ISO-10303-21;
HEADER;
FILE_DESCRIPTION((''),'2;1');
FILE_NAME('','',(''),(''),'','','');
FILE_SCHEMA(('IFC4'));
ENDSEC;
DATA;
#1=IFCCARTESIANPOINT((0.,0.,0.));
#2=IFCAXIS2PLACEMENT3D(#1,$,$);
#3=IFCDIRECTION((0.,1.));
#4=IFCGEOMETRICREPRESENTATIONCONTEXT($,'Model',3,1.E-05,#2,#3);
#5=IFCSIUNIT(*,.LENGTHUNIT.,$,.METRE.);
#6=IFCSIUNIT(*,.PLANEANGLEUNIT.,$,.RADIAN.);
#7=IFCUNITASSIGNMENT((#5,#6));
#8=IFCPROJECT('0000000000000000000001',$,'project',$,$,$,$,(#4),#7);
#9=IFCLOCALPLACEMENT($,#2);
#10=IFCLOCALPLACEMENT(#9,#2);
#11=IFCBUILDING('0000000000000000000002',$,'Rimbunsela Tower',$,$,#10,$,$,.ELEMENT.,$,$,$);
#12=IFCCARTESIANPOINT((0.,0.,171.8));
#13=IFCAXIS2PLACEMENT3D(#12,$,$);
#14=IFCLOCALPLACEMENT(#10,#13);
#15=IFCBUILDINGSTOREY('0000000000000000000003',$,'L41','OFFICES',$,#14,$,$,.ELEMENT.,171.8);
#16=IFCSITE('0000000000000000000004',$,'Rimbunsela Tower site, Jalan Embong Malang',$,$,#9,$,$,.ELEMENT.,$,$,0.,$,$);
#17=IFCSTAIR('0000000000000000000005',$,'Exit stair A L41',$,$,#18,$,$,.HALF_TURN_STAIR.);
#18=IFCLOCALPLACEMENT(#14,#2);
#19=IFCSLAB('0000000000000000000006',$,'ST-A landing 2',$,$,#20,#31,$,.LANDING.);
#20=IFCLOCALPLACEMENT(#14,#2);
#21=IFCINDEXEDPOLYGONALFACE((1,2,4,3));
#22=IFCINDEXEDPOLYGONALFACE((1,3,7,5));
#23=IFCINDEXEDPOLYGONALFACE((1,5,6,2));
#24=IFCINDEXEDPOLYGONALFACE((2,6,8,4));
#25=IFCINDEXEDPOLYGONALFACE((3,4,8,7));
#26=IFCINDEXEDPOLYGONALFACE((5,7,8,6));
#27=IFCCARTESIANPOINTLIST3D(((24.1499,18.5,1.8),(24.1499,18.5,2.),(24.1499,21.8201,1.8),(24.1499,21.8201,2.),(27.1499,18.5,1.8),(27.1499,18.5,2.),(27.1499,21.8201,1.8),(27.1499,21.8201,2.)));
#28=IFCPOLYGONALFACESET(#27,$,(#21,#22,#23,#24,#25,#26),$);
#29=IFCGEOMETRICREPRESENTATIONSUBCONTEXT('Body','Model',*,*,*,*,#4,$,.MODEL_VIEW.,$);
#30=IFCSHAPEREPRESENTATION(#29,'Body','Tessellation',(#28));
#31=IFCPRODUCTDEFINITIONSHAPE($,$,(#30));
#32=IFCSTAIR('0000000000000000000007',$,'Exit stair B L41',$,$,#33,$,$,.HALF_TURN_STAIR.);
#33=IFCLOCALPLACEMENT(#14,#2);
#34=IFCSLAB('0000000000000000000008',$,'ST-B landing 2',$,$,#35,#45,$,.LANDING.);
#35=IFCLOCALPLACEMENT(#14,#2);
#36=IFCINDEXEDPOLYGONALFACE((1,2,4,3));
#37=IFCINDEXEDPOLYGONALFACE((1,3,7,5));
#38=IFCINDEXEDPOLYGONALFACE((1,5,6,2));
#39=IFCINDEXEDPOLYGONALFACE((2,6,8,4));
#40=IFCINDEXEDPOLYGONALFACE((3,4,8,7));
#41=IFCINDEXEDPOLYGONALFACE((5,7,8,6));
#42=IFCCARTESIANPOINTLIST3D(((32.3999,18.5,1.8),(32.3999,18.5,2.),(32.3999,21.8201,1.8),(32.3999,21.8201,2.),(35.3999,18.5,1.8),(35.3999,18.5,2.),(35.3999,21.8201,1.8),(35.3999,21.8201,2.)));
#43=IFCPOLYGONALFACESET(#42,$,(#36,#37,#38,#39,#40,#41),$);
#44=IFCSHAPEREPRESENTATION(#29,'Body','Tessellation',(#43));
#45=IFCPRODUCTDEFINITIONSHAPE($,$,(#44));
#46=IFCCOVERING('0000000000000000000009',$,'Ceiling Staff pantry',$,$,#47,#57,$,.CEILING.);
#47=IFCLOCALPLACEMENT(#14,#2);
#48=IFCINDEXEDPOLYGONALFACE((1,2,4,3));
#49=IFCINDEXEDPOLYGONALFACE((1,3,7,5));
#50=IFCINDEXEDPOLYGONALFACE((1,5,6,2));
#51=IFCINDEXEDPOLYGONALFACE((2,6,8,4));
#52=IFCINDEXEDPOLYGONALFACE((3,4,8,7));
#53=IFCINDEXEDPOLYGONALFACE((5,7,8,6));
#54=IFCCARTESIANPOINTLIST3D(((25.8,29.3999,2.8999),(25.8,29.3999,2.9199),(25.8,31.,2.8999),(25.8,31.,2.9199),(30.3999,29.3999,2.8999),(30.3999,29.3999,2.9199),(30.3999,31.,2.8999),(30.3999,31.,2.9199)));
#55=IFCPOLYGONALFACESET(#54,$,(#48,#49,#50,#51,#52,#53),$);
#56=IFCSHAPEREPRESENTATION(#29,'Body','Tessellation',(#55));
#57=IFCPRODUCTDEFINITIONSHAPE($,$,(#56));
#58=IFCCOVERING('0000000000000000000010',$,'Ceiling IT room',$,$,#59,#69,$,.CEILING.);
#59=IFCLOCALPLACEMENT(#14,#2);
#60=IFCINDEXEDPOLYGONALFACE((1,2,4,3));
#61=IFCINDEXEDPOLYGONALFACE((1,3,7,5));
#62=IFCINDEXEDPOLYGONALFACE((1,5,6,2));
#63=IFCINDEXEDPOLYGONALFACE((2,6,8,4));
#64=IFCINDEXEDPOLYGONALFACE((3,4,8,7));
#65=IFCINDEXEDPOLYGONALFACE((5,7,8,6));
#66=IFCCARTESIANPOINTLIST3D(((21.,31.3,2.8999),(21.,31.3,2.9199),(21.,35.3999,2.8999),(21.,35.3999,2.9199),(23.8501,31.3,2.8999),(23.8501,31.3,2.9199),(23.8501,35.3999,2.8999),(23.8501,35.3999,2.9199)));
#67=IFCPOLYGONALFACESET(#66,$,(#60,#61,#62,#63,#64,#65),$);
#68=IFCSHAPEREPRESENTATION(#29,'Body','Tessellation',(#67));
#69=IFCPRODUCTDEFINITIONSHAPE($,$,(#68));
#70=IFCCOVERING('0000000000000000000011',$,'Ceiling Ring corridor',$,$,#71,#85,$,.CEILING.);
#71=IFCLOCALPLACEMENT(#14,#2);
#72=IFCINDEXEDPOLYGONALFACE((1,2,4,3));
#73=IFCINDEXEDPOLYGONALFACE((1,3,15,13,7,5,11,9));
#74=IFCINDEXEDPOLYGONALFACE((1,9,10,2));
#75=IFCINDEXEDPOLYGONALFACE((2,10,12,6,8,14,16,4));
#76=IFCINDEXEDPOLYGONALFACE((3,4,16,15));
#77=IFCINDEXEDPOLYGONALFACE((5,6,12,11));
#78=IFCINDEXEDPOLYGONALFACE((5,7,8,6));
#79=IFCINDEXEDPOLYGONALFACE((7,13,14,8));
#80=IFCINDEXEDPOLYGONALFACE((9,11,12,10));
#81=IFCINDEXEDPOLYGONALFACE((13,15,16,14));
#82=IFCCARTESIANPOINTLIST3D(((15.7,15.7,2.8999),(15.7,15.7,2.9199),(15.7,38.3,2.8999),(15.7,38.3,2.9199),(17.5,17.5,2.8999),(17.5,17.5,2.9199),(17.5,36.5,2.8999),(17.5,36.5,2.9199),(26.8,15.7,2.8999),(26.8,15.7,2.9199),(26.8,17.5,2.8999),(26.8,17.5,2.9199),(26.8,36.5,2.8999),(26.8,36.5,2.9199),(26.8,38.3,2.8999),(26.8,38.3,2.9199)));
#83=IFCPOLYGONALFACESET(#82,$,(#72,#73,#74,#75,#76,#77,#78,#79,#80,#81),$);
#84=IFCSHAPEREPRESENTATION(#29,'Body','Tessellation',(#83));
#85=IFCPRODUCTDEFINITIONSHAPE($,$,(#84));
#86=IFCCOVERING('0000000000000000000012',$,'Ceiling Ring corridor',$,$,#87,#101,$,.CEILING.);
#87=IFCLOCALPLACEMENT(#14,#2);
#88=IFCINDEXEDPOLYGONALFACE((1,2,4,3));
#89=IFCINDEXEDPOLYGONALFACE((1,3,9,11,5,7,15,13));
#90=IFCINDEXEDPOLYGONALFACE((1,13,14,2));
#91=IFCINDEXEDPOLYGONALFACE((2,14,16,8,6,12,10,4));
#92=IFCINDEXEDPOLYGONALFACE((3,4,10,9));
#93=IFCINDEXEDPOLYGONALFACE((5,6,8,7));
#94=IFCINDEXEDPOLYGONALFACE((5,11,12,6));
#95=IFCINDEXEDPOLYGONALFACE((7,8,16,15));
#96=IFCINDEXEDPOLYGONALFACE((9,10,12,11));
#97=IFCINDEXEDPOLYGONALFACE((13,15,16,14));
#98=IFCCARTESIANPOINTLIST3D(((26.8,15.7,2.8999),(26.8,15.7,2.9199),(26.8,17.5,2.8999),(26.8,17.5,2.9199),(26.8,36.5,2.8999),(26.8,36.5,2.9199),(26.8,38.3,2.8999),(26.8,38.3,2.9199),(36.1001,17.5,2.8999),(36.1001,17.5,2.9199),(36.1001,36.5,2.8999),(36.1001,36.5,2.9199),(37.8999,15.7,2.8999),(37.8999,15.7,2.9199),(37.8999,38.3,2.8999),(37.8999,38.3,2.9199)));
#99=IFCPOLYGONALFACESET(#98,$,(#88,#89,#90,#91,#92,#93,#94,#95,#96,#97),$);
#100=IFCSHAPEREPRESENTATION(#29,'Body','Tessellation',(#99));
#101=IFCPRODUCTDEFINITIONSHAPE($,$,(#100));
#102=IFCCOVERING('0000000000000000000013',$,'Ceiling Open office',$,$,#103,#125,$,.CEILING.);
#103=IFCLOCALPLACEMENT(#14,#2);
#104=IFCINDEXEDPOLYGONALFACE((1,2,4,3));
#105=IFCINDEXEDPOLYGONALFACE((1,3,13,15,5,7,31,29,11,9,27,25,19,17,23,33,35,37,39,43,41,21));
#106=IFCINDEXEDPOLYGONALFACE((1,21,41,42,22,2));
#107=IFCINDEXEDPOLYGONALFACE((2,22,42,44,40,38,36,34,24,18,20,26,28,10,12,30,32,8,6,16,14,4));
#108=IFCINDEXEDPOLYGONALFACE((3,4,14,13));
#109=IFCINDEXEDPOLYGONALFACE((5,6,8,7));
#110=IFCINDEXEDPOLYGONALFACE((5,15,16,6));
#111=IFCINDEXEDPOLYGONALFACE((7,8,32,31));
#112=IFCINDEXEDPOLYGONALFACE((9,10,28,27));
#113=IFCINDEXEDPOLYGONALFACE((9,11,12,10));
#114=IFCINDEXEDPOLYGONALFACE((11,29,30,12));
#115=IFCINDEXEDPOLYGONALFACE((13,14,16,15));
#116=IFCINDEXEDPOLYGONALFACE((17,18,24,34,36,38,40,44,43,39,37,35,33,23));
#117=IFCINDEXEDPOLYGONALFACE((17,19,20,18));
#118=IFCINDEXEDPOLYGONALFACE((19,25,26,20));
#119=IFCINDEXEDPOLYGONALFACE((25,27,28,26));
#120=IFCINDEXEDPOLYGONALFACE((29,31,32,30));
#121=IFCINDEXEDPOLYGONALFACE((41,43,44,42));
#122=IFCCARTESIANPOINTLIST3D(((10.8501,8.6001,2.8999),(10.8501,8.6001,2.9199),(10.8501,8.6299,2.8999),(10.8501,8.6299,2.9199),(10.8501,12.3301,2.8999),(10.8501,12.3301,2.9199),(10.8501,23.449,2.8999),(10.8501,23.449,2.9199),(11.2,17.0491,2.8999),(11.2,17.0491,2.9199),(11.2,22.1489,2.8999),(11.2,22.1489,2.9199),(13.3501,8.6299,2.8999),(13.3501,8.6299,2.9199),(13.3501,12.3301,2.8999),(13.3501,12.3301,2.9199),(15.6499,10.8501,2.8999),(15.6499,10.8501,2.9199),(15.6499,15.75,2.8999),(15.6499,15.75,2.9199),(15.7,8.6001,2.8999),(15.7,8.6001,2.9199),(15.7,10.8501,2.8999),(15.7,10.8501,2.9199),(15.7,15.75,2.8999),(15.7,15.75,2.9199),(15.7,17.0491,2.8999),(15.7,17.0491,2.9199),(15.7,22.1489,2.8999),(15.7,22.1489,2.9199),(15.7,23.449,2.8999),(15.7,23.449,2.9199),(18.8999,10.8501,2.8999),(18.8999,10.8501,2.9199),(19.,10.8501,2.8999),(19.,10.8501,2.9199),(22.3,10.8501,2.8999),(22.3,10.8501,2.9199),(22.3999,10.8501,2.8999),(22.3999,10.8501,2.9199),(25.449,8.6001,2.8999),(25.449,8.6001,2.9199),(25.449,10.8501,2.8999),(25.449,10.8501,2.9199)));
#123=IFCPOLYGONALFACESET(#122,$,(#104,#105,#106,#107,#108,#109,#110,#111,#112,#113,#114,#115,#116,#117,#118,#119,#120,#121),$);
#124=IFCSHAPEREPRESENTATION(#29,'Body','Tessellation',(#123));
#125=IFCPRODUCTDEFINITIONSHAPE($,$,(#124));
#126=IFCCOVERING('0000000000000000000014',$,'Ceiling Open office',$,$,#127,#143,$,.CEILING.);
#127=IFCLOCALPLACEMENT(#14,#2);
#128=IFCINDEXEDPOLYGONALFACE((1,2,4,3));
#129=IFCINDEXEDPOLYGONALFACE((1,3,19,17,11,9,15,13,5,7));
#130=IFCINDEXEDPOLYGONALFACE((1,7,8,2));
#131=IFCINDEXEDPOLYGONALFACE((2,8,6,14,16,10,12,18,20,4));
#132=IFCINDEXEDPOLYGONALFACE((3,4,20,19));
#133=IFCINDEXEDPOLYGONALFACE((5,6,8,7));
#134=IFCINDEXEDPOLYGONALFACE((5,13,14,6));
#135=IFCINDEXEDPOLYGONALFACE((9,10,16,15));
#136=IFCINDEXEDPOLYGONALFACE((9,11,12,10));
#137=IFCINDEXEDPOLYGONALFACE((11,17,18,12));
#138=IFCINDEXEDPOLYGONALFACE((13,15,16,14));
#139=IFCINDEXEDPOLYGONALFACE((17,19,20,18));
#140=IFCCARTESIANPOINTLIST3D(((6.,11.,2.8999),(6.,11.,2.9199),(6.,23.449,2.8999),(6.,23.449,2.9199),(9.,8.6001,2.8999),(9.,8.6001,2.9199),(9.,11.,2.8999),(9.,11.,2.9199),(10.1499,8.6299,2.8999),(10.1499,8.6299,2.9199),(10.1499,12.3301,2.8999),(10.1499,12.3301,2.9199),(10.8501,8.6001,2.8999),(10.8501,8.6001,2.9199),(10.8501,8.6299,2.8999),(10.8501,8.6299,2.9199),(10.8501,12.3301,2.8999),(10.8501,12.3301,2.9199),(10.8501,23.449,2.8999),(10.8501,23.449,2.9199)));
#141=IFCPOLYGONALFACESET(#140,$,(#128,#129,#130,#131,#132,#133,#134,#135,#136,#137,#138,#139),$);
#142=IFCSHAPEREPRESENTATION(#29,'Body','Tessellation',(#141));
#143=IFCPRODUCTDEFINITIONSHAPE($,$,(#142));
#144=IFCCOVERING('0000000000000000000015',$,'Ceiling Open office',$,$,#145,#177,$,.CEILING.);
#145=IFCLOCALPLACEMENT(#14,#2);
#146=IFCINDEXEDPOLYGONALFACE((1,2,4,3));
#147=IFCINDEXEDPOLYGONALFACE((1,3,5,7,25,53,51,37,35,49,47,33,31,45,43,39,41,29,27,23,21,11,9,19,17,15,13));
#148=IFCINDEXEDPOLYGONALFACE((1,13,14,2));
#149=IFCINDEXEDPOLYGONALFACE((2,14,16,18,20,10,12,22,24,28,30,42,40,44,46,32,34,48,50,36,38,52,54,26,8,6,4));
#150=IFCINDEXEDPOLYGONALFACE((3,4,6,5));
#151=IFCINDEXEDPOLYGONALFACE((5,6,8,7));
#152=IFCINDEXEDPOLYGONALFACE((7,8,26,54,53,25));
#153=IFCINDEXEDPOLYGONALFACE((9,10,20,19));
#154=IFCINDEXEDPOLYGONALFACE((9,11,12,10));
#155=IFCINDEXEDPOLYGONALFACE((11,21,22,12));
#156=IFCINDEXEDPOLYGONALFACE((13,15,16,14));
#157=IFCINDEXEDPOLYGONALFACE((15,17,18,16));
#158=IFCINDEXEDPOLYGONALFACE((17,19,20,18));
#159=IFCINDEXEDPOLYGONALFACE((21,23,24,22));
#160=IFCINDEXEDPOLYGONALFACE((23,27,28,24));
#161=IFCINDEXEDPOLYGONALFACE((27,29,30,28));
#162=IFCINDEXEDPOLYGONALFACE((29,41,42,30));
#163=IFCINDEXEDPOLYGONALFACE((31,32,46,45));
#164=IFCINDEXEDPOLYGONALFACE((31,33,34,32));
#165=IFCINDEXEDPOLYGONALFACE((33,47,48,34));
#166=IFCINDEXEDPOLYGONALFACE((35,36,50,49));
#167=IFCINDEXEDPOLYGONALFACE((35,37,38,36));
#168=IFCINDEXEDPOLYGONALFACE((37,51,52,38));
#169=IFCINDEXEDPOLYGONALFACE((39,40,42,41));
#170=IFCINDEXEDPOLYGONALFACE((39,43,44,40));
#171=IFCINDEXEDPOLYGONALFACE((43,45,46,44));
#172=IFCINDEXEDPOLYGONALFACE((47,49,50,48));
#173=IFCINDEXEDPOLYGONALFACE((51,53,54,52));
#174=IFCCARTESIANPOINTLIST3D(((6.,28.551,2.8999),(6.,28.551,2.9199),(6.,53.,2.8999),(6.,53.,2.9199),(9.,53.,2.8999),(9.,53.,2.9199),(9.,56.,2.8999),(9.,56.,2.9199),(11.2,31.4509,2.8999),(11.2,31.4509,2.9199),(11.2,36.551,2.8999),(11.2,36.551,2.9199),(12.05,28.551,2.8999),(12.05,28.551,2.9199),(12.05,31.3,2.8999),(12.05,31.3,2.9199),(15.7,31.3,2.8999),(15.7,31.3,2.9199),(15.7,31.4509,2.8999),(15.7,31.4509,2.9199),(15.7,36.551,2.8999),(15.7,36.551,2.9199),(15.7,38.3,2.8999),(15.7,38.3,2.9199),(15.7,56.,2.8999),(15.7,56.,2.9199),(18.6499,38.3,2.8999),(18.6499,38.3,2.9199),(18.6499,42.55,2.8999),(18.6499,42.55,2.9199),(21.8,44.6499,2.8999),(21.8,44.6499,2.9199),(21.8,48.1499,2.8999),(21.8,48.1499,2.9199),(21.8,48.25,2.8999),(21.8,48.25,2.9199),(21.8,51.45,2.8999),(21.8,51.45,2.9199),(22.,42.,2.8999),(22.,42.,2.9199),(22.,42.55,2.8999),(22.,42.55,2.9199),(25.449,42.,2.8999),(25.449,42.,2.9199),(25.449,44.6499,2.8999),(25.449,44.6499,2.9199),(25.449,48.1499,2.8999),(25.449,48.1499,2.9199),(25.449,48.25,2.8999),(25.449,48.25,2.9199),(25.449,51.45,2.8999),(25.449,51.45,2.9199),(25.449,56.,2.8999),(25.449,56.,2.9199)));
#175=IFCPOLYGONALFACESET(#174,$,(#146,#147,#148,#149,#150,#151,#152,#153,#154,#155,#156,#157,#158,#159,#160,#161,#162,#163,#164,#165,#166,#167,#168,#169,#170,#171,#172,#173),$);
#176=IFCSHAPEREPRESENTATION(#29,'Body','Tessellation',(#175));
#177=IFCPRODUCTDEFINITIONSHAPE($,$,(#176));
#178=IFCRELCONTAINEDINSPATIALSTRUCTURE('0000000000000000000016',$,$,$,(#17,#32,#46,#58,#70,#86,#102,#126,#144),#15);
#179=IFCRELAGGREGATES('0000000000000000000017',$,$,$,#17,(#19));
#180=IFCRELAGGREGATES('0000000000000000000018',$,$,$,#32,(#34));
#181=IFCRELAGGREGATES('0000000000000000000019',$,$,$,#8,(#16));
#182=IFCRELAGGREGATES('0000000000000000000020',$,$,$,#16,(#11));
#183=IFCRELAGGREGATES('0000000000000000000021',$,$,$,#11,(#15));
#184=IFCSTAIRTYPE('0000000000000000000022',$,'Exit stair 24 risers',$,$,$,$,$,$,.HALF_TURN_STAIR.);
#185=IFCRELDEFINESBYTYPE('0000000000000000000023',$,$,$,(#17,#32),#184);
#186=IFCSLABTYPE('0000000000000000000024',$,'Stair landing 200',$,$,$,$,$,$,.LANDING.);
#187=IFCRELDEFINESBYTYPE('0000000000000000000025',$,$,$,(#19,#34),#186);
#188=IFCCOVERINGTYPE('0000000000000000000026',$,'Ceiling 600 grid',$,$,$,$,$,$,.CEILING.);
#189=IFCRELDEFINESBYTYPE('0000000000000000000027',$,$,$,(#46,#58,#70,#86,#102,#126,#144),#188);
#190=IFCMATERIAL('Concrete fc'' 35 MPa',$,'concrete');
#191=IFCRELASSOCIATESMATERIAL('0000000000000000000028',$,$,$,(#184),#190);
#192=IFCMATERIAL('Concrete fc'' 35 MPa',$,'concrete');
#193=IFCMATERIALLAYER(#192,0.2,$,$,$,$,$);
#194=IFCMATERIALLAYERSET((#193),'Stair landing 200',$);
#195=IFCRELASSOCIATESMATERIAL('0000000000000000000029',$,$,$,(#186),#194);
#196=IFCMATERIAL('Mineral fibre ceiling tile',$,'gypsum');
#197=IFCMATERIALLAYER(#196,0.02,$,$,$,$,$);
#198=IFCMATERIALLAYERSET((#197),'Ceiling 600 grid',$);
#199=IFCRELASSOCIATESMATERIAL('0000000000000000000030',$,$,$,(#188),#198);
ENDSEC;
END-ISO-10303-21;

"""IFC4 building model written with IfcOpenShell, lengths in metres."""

from ifc_helpers import new_model, si_unit, direction, frame, origin, place, context, subcontext, project, spatial, polyline, outline, extrude, material, layer, layer_set, type_object, element, aggregate, save


model = new_model("IFC4")

# Units and contexts
model_context = context("Model", 3, precision=1e-05, world=origin(), true_north=direction((0.0, 1.0)))
body_context = subcontext(model_context, "Body", "Model", "MODEL_VIEW")
ifc_project = project(units=[si_unit("LENGTHUNIT", "METRE"), si_unit("PLANEANGLEUNIT", "RADIAN")], contexts=[model_context])

# Site, building, storey
site_placement = place(None, origin())
site = spatial("IfcSite", under=ifc_project, at=site_placement, Name="Rimbunsela Tower site, Jalan Embong Malang", CompositionType="ELEMENT", RefElevation=0.0)
building_placement = place(site_placement, origin())
building = spatial("IfcBuilding", under=site, at=building_placement, Name="Rimbunsela Tower", CompositionType="ELEMENT")
storey_placement = place(building_placement, frame((0.0, 0.0, 171.8)))
storey = spatial("IfcBuildingStorey", under=building, at=storey_placement, Name="L41", Description="OFFICES", CompositionType="ELEMENT", Elevation=171.8)

# Stairs, slabs
ifc_material_1 = material(Name="Concrete fc' 35 MPa", Category="concrete")
stair_type = type_object("IfcStairType", Name="Exit stair 24 risers", PredefinedType="HALF_TURN_STAIR", material=ifc_material_1)
stair_1_placement = place(storey_placement, origin())
stair_1 = element("IfcStair", 1, at=stair_1_placement, inside=storey, type_object=stair_type, Name="Exit stair A L41", PredefinedType="HALF_TURN_STAIR")
ifc_material_2 = material(Name="Concrete fc' 35 MPa", Category="concrete")
ifc_layer_1 = layer(ifc_material_2, 0.2)
ifc_layer_set_1 = layer_set([ifc_layer_1], Name="Stair landing 200")
slab_type = type_object("IfcSlabType", Name="Stair landing 200", PredefinedType="LANDING", material=ifc_layer_set_1)
slab_1_placement = place(storey_placement, frame((0.0, 0.0, 1.8)))
slab_1 = element("IfcSlab", 2, at=slab_1_placement, type_object=slab_type, Name="ST-A landing 2", PredefinedType="LANDING", context=body_context, shape_type="SweptSolid", body=[
    extrude(outline(polyline([(24.1499, 18.5), (27.1499, 18.5), (27.1499, 21.8201), (24.1499, 21.8201), (24.1499, 18.5)])), origin(), (0.0, 0.0, 1.0), 0.2),
])
aggregate(stair_1, [slab_1])
stair_2_placement = place(storey_placement, origin())
stair_2 = element("IfcStair", 3, at=stair_2_placement, inside=storey, type_object=stair_type, Name="Exit stair B L41", PredefinedType="HALF_TURN_STAIR")
slab_2_placement = place(storey_placement, frame((0.0, 0.0, 1.8)))
slab_2 = element("IfcSlab", 4, at=slab_2_placement, type_object=slab_type, Name="ST-B landing 2", PredefinedType="LANDING", context=body_context, shape_type="SweptSolid", body=[
    extrude(outline(polyline([(32.3999, 18.5), (35.3999, 18.5), (35.3999, 21.8201), (32.3999, 21.8201), (32.3999, 18.5)])), origin(), (0.0, 0.0, 1.0), 0.2),
])
aggregate(stair_2, [slab_2])

# Coverings
ifc_material_3 = material(Name="Mineral fibre ceiling tile", Category="gypsum")
ifc_layer_2 = layer(ifc_material_3, 0.02)
ifc_layer_set_2 = layer_set([ifc_layer_2], Name="Ceiling 600 grid")
covering_type_1 = type_object("IfcCoveringType", Name="Ceiling 600 grid", PredefinedType="CEILING", material=ifc_layer_set_2)
covering_1_placement = place(storey_placement, frame((0.0, 0.0, 2.8999)))
element("IfcCovering", 5, at=covering_1_placement, inside=storey, type_object=covering_type_1, Name="Ceiling Staff pantry", PredefinedType="CEILING", context=body_context, shape_type="SweptSolid", body=[
    extrude(outline(polyline([(30.3999, 29.3999), (30.3999, 31.0), (25.8, 31.0), (25.8, 29.3999), (30.3999, 29.3999)])), origin(), (0.0, 0.0, 1.0), 0.02),
])
covering_2_placement = place(storey_placement, frame((0.0, 0.0, 2.8999)))
element("IfcCovering", 6, at=covering_2_placement, inside=storey, type_object=covering_type_1, Name="Ceiling IT room", PredefinedType="CEILING", context=body_context, shape_type="SweptSolid", body=[
    extrude(outline(polyline([(23.8501, 31.3), (23.8501, 35.3999), (21.0, 35.3999), (21.0, 31.3), (23.8501, 31.3)])), origin(), (0.0, 0.0, 1.0), 0.02),
])
covering_3_placement = place(storey_placement, frame((0.0, 0.0, 2.8999)))
element("IfcCovering", 7, at=covering_3_placement, inside=storey, type_object=covering_type_1, Name="Ceiling Ring corridor", PredefinedType="CEILING", context=body_context, shape_type="SweptSolid", body=[
    extrude(outline(polyline([(15.7, 38.3), (26.8, 38.3), (26.8, 36.5), (17.5, 36.5), (17.5, 17.5), (26.8, 17.5), (26.8, 15.7), (15.7, 15.7), (15.7, 38.3)])), origin(), (0.0, 0.0, 1.0), 0.02),
])
covering_4_placement = place(storey_placement, frame((0.0, 0.0, 2.8999)))
element("IfcCovering", 8, at=covering_4_placement, inside=storey, type_object=covering_type_1, Name="Ceiling Ring corridor", PredefinedType="CEILING", context=body_context, shape_type="SweptSolid", body=[
    extrude(outline(polyline([(37.8999, 38.3), (37.8999, 15.7), (26.8, 15.7), (26.8, 17.5), (36.1001, 17.5), (36.1001, 36.5), (26.8, 36.5), (26.8, 38.3), (37.8999, 38.3)])), origin(), (0.0, 0.0, 1.0), 0.02),
])
covering_5_placement = place(storey_placement, frame((0.0, 0.0, 2.8999)))
element("IfcCovering", 9, at=covering_5_placement, inside=storey, type_object=covering_type_1, Name="Ceiling Open office", PredefinedType="CEILING", context=body_context, shape_type="SweptSolid", body=[
    extrude(outline(polyline([(19.0, 10.8501), (22.3, 10.8501), (22.3999, 10.8501), (25.449, 10.8501), (25.449, 8.6001), (15.7, 8.6001), (10.8501, 8.6001), (10.8501, 8.6299), (13.3501, 8.6299), (13.3501, 12.3301), (10.8501, 12.3301), (10.8501, 23.449), (15.7, 23.449), (15.7, 22.1489), (11.2, 22.1489), (11.2, 17.0491), (15.7, 17.0491), (15.7, 15.75), (15.6499, 15.75), (15.6499, 10.8501), (15.7, 10.8501), (18.8999, 10.8501), (19.0, 10.8501)])), origin(), (0.0, 0.0, 1.0), 0.02),
])
covering_6_placement = place(storey_placement, frame((0.0, 0.0, 2.8999)))
element("IfcCovering", 10, at=covering_6_placement, inside=storey, type_object=covering_type_1, Name="Ceiling Open office", PredefinedType="CEILING", context=body_context, shape_type="SweptSolid", body=[
    extrude(outline(polyline([(10.8501, 8.6001), (9.0, 8.6001), (9.0, 11.0), (6.0, 11.0), (6.0, 23.449), (10.8501, 23.449), (10.8501, 12.3301), (10.1499, 12.3301), (10.1499, 8.6299), (10.8501, 8.6299), (10.8501, 8.6001)])), origin(), (0.0, 0.0, 1.0), 0.02),
])
covering_7_placement = place(storey_placement, frame((0.0, 0.0, 2.8999)))
element("IfcCovering", 11, at=covering_7_placement, inside=storey, type_object=covering_type_1, Name="Ceiling Open office", PredefinedType="CEILING", context=body_context, shape_type="SweptSolid", body=[
    extrude(outline(polyline([(11.2, 31.4509), (15.7, 31.4509), (15.7, 31.3), (12.05, 31.3), (12.05, 28.551), (6.0, 28.551), (6.0, 53.0), (9.0, 53.0), (9.0, 56.0), (15.7, 56.0), (25.449, 56.0), (25.449, 51.45), (21.8, 51.45), (21.8, 48.25), (25.449, 48.25), (25.449, 48.1499), (21.8, 48.1499), (21.8, 44.6499), (25.449, 44.6499), (25.449, 42.0), (22.0, 42.0), (22.0, 42.55), (18.6499, 42.55), (18.6499, 38.3), (15.7, 38.3), (15.7, 36.551), (11.2, 36.551), (11.2, 31.4509)])), origin(), (0.0, 0.0, 1.0), 0.02),
])

save(model, "model.ifc")
